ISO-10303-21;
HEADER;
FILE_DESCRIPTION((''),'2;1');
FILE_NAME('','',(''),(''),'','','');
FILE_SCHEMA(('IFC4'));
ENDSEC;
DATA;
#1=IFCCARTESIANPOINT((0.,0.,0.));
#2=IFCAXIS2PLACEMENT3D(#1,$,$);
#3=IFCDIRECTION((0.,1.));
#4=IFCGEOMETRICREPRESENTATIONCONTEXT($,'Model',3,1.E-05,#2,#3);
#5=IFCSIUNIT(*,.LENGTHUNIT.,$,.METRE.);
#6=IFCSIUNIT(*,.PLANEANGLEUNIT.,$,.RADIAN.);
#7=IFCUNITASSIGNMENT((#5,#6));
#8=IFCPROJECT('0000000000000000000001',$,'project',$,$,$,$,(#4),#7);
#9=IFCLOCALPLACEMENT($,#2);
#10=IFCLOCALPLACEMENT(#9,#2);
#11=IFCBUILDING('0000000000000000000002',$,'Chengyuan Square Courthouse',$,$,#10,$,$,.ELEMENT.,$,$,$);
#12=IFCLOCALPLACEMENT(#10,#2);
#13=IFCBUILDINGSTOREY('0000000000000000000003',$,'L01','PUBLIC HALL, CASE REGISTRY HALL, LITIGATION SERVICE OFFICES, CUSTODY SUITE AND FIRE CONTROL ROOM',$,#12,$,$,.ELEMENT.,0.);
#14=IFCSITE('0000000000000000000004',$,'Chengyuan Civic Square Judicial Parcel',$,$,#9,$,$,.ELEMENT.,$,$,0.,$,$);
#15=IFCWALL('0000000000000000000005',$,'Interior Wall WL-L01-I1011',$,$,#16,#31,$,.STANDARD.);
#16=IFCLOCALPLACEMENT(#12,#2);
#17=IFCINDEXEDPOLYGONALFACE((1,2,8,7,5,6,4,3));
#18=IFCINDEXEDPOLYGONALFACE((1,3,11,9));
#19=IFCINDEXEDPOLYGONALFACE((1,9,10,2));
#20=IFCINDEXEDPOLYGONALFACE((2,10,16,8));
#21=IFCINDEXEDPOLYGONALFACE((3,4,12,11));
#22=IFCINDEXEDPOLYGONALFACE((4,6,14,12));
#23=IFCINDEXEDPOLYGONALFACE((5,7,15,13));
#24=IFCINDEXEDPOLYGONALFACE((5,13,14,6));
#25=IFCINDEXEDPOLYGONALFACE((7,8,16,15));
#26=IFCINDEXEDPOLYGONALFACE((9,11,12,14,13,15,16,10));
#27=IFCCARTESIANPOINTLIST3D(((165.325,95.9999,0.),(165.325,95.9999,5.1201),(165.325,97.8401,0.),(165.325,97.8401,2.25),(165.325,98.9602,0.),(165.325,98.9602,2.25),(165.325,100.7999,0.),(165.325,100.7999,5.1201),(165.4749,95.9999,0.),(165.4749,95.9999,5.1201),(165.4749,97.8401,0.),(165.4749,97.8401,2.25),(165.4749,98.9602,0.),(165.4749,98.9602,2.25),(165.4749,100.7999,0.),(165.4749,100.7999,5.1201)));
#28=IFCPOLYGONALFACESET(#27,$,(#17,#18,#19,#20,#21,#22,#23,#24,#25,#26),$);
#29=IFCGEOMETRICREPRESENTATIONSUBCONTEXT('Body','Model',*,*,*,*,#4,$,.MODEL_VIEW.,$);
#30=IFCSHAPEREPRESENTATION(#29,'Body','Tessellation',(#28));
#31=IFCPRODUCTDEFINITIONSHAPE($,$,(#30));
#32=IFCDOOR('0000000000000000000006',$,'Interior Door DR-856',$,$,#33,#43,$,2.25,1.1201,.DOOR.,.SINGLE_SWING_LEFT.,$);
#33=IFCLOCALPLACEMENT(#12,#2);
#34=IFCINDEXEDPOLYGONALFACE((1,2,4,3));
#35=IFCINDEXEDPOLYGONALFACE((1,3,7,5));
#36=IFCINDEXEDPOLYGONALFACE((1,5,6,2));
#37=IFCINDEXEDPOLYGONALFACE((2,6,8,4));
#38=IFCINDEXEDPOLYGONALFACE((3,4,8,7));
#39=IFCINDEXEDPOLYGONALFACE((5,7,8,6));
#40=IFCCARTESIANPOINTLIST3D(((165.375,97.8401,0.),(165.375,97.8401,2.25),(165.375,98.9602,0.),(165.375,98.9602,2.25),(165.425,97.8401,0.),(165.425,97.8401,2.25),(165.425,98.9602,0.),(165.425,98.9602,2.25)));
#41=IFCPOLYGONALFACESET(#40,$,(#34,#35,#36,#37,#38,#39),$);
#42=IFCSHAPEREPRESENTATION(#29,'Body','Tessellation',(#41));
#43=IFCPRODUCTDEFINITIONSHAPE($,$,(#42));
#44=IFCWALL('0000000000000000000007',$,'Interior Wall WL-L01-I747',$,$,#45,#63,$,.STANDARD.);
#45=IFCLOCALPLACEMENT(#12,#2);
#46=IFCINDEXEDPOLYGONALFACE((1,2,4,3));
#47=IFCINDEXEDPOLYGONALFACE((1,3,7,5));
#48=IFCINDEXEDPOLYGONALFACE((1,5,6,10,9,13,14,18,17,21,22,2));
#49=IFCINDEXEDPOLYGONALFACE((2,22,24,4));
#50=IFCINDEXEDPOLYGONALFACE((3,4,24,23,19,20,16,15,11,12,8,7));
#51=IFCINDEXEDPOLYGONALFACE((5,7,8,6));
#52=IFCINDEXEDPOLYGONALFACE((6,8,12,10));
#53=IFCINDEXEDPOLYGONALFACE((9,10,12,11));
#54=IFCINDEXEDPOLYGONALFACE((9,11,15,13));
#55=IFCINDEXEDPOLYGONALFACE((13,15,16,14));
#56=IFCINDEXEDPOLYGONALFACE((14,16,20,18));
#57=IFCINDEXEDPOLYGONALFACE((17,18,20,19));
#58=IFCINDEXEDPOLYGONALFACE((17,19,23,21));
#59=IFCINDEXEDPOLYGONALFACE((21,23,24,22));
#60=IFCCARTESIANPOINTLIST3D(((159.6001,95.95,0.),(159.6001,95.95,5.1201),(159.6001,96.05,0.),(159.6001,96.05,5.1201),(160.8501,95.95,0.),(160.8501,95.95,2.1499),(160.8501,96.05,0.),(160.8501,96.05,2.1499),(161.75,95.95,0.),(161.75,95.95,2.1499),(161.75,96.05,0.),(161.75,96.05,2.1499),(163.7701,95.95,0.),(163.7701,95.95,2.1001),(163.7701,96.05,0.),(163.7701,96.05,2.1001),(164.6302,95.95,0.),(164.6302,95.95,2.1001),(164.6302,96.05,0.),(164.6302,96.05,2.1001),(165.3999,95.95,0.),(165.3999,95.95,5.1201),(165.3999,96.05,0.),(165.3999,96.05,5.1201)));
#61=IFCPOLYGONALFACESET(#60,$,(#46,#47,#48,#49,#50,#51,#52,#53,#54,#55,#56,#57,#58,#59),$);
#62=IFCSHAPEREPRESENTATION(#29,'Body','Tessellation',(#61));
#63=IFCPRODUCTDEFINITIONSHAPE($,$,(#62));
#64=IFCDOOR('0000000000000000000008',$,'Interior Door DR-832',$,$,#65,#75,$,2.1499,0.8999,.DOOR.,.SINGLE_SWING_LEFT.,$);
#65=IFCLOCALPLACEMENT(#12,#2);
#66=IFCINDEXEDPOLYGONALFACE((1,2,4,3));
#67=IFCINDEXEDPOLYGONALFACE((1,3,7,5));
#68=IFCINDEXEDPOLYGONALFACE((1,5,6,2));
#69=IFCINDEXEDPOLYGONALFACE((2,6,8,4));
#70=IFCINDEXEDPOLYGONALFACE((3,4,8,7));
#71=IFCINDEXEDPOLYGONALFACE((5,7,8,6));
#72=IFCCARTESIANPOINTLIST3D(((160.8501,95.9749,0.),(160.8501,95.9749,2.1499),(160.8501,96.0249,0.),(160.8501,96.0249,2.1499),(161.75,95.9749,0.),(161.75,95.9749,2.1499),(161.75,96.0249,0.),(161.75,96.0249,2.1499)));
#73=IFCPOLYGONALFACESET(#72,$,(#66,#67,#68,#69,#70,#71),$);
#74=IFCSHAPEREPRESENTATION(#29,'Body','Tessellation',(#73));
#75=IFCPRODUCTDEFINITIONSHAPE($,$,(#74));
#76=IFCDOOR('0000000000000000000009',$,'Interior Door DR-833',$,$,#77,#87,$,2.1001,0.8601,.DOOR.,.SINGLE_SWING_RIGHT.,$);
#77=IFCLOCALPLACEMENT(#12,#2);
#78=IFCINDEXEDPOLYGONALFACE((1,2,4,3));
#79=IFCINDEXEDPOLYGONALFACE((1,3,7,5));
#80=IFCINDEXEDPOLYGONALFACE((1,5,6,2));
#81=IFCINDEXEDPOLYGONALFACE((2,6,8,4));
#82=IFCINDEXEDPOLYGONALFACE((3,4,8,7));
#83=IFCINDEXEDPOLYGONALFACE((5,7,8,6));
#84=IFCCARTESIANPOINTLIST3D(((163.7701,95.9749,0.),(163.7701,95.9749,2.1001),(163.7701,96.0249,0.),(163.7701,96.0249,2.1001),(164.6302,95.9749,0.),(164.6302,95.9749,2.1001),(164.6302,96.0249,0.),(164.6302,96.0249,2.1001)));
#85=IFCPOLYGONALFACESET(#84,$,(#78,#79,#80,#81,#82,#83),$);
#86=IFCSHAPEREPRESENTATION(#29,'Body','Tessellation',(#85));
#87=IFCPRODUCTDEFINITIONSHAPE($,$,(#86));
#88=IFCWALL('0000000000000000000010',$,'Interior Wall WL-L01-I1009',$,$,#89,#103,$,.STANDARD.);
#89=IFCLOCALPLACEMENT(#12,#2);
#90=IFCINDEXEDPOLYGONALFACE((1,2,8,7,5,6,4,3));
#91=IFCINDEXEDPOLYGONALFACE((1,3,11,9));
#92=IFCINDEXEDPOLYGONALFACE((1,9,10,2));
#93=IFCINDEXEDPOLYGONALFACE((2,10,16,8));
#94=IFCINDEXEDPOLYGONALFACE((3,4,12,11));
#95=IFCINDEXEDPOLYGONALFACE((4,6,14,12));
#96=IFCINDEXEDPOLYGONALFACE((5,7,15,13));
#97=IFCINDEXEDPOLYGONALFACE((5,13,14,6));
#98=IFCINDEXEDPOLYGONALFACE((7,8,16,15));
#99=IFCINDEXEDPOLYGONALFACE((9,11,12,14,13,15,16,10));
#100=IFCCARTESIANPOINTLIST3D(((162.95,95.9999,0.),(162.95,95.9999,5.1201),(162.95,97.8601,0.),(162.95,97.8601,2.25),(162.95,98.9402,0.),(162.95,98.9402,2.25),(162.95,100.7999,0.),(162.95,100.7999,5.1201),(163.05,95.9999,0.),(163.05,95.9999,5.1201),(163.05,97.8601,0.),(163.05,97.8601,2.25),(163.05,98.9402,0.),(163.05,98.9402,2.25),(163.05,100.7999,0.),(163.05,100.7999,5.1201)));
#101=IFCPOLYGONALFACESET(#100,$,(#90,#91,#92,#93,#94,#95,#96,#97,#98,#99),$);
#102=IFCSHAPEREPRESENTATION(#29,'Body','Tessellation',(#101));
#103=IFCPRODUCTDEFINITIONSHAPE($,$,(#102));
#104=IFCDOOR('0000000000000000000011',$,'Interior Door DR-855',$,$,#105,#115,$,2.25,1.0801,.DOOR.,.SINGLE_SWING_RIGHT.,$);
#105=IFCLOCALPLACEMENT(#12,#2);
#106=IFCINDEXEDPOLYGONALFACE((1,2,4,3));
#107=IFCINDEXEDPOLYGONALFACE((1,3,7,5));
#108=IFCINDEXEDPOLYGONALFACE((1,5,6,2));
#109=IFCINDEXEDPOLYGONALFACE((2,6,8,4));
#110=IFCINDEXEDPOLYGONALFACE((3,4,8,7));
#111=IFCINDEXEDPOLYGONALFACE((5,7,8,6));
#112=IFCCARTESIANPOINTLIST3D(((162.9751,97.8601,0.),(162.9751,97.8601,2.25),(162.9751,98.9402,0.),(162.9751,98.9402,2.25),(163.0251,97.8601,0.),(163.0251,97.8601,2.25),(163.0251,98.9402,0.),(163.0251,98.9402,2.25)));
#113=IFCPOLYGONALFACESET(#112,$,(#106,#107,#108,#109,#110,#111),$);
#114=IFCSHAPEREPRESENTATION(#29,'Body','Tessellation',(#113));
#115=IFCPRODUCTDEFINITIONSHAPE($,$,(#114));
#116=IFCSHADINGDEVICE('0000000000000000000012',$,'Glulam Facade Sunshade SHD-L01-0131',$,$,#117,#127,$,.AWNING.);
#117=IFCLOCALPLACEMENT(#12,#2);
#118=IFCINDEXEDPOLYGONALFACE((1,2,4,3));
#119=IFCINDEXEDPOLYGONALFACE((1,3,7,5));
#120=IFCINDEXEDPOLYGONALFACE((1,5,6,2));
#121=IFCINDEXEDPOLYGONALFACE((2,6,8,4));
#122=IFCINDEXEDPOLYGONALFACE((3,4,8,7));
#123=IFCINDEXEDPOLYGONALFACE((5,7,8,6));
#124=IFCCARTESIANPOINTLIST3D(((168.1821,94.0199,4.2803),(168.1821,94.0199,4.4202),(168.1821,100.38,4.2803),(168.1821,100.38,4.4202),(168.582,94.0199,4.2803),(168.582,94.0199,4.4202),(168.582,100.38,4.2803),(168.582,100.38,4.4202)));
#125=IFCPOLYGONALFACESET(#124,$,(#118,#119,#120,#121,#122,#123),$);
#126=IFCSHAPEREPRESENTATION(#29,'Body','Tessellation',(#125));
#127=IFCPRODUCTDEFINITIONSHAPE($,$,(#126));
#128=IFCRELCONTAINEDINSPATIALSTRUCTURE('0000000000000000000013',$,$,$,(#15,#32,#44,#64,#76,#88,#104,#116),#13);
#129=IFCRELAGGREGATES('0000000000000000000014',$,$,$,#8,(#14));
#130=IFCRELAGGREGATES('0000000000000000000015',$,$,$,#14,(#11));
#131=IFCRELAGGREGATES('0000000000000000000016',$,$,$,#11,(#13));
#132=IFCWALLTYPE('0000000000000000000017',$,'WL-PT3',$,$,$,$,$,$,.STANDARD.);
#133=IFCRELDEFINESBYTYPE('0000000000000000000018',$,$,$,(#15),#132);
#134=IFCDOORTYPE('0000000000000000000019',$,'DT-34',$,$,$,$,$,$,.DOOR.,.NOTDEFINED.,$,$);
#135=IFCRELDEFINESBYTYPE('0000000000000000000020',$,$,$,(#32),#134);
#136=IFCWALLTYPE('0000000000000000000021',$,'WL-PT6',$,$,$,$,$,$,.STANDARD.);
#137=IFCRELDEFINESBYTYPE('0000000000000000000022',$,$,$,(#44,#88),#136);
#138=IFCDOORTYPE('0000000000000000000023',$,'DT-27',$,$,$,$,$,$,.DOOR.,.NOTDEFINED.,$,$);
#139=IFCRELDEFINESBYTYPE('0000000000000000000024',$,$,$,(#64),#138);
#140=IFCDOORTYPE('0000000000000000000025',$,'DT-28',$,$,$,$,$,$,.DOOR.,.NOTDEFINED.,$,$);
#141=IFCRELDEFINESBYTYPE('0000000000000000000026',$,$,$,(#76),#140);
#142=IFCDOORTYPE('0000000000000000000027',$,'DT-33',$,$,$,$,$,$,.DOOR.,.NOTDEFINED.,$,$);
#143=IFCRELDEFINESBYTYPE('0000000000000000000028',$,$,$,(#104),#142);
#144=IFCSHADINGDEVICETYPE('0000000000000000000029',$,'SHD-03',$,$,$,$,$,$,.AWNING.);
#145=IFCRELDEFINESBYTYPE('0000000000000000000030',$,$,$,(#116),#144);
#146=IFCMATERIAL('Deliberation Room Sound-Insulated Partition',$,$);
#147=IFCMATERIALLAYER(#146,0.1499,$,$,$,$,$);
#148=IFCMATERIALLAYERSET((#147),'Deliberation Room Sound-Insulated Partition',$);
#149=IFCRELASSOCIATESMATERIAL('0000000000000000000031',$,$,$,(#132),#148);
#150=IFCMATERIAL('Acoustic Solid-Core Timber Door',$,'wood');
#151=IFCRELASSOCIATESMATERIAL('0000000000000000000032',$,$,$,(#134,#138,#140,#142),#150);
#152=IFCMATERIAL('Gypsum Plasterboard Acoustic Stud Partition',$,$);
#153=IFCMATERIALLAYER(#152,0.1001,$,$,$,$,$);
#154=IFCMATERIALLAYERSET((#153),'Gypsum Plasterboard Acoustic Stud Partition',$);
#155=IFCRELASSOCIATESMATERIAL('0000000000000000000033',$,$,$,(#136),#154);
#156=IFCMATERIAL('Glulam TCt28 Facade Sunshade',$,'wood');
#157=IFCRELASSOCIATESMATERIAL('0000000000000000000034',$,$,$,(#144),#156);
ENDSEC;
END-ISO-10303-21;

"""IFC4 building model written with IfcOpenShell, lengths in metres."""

from ifc_helpers import new_model, si_unit, direction, frame, frame_2d, origin, origin_2d, place, context, subcontext, project, spatial, rectangle, extrude, material, layer, layer_set, type_object, element, fill, save


model = new_model("IFC4")

# Units and contexts
model_context = context("Model", 3, precision=1e-05, world=origin(), true_north=direction((0.0, 1.0)))
body_context = subcontext(model_context, "Body", "Model", "MODEL_VIEW")
ifc_project = project(units=[si_unit("LENGTHUNIT", "METRE"), si_unit("PLANEANGLEUNIT", "RADIAN")], contexts=[model_context])

# Site, building, storey
site_placement = place(None, origin())
site = spatial("IfcSite", under=ifc_project, at=site_placement, Name="Chengyuan Civic Square Judicial Parcel", CompositionType="ELEMENT", RefElevation=0.0)
building_placement = place(site_placement, origin())
building = spatial("IfcBuilding", under=site, at=building_placement, Name="Chengyuan Square Courthouse", CompositionType="ELEMENT")
storey_placement = place(building_placement, origin())
storey = spatial("IfcBuildingStorey", under=building, at=storey_placement, Name="L01", Description="PUBLIC HALL, CASE REGISTRY HALL, LITIGATION SERVICE OFFICES, CUSTODY SUITE AND FIRE CONTROL ROOM", CompositionType="ELEMENT", Elevation=0.0)

# Shared definitions
ifc_material_1 = material(Name="Deliberation Room Sound-Insulated Partition")
ifc_layer_1 = layer(ifc_material_1, 0.1499)
ifc_layer_set_1 = layer_set([ifc_layer_1], Name="Deliberation Room Sound-Insulated Partition")
wall_type_1 = type_object("IfcWallType", Name="WL-PT3", PredefinedType="STANDARD", material=ifc_layer_set_1)
ifc_material_2 = material(Name="Acoustic Solid-Core Timber Door", Category="wood")

# Wall, opening, door
wall_1_placement = place(storey_placement, frame((165.3999, 96.0, 0.0), z_axis=(0.0, 0.0, 1.0), x_axis=(0.0, 1.0, 0.0)))
wall_1 = element("IfcWall", 1, at=wall_1_placement, inside=storey, type_object=wall_type_1, Name="Interior Wall WL-L01-I1011", PredefinedType="STANDARD", context=body_context, shape_type="SweptSolid", body=[
    extrude(rectangle(XDim=4.8, YDim=0.1499, at=frame_2d((2.3999, 0.0))), origin(), (0.0, 0.0, 1.0), 5.1201),
])
opening_1_placement = place(wall_1_placement, frame((1.8401, 0.0, 0.0)))
opening_1 = element("IfcOpeningElement", 2, at=opening_1_placement, cuts=wall_1, PredefinedType="OPENING", context=body_context, shape_type="SweptSolid", body=[
    extrude(rectangle(XDim=1.1201, YDim=2.25, at=frame_2d((0.5601, 1.125))), frame((0.0, 0.0869, 0.0), z_axis=(0.0, -1.0, 0.0), x_axis=(1.0, 0.0, 0.0)), (0.0, 0.0, 1.0), 0.1738),
])
door_type_1 = type_object("IfcDoorType", Name="DT-34", OperationType="NOTDEFINED", PredefinedType="DOOR", material=ifc_material_2)
door_1_placement = place(opening_1_placement, origin())
door_1 = element("IfcDoor", 3, at=door_1_placement, inside=storey, type_object=door_type_1, Name="Interior Door DR-856", OperationType="SINGLE_SWING_LEFT", OverallHeight=2.25, OverallWidth=1.1201, PredefinedType="DOOR", context=body_context, shape_type="SweptSolid", body=[
    extrude(rectangle(XDim=1.1201, YDim=2.25, at=frame_2d((0.5601, 1.125))), frame((0.0, 0.0249, 0.0), z_axis=(0.0, -1.0, 0.0), x_axis=(1.0, 0.0, 0.0)), (0.0, 0.0, 1.0), 0.05),
])
fill(opening_1, door_1)

# Wall, openings, doors
ifc_material_3 = material(Name="Gypsum Plasterboard Acoustic Stud Partition")
ifc_layer_2 = layer(ifc_material_3, 0.1001)
ifc_layer_set_2 = layer_set([ifc_layer_2], Name="Gypsum Plasterboard Acoustic Stud Partition")
wall_type_2 = type_object("IfcWallType", Name="WL-PT6", PredefinedType="STANDARD", material=ifc_layer_set_2)
wall_2_placement = place(storey_placement, frame((159.6001, 96.0, 0.0), z_axis=(0.0, 0.0, 1.0), x_axis=(1.0, 0.0, 0.0)))
wall_2 = element("IfcWall", 4, at=wall_2_placement, inside=storey, type_object=wall_type_2, Name="Interior Wall WL-L01-I747", PredefinedType="STANDARD", context=body_context, shape_type="SweptSolid", body=[
    extrude(rectangle(XDim=5.7998, YDim=0.1001, at=frame_2d((2.8999, 0.0))), origin(), (0.0, 0.0, 1.0), 5.1201),
])
opening_2_placement = place(wall_2_placement, frame((1.25, 0.0, 0.0)))
opening_2 = element("IfcOpeningElement", 5, at=opening_2_placement, cuts=wall_2, PredefinedType="OPENING", context=body_context, shape_type="SweptSolid", body=[
    extrude(rectangle(XDim=0.8999, YDim=2.1499, at=frame_2d((0.45, 1.075))), frame((0.0, 0.062, 0.0), z_axis=(0.0, -1.0, 0.0), x_axis=(1.0, 0.0, 0.0)), (0.0, 0.0, 1.0), 0.124),
])
opening_3_placement = place(wall_2_placement, frame((4.1699, 0.0, 0.0)))
opening_3 = element("IfcOpeningElement", 6, at=opening_3_placement, cuts=wall_2, PredefinedType="OPENING", context=body_context, shape_type="SweptSolid", body=[
    extrude(rectangle(XDim=0.8601, YDim=2.1001, at=frame_2d((0.4302, 1.05))), frame((0.0, 0.062, 0.0), z_axis=(0.0, -1.0, 0.0), x_axis=(1.0, 0.0, 0.0)), (0.0, 0.0, 1.0), 0.124),
])
door_type_2 = type_object("IfcDoorType", Name="DT-27", OperationType="NOTDEFINED", PredefinedType="DOOR", material=ifc_material_2)
door_2_placement = place(opening_2_placement, origin())
door_2 = element("IfcDoor", 7, at=door_2_placement, inside=storey, type_object=door_type_2, Name="Interior Door DR-832", OperationType="SINGLE_SWING_LEFT", OverallHeight=2.1499, OverallWidth=0.8999, PredefinedType="DOOR", context=body_context, shape_type="SweptSolid", body=[
    extrude(rectangle(XDim=0.8999, YDim=2.1499, at=frame_2d((0.45, 1.075))), frame((0.0, 0.0249, 0.0), z_axis=(0.0, -1.0, 0.0), x_axis=(1.0, 0.0, 0.0)), (0.0, 0.0, 1.0), 0.05),
])
fill(opening_2, door_2)
door_type_3 = type_object("IfcDoorType", Name="DT-28", OperationType="NOTDEFINED", PredefinedType="DOOR", material=ifc_material_2)
door_3_placement = place(opening_3_placement, origin())
door_3 = element("IfcDoor", 8, at=door_3_placement, inside=storey, type_object=door_type_3, Name="Interior Door DR-833", OperationType="SINGLE_SWING_RIGHT", OverallHeight=2.1001, OverallWidth=0.8601, PredefinedType="DOOR", context=body_context, shape_type="SweptSolid", body=[
    extrude(rectangle(XDim=0.8601, YDim=2.1001, at=frame_2d((0.4302, 1.05))), frame((0.0, 0.0249, 0.0), z_axis=(0.0, -1.0, 0.0), x_axis=(1.0, 0.0, 0.0)), (0.0, 0.0, 1.0), 0.05),
])
fill(opening_3, door_3)

# Wall, opening, door
wall_3_placement = place(storey_placement, frame((163.0, 96.0, 0.0), z_axis=(0.0, 0.0, 1.0), x_axis=(0.0, 1.0, 0.0)))
wall_3 = element("IfcWall", 9, at=wall_3_placement, inside=storey, type_object=wall_type_2, Name="Interior Wall WL-L01-I1009", PredefinedType="STANDARD", context=body_context, shape_type="SweptSolid", body=[
    extrude(rectangle(XDim=4.8, YDim=0.1001, at=frame_2d((2.3999, 0.0))), origin(), (0.0, 0.0, 1.0), 5.1201),
])
opening_4_placement = place(wall_3_placement, frame((1.8601, 0.0, 0.0)))
opening_4 = element("IfcOpeningElement", 10, at=opening_4_placement, cuts=wall_3, PredefinedType="OPENING", context=body_context, shape_type="SweptSolid", body=[
    extrude(rectangle(XDim=1.0801, YDim=2.25, at=frame_2d((0.54, 1.125))), frame((0.0, 0.062, 0.0), z_axis=(0.0, -1.0, 0.0), x_axis=(1.0, 0.0, 0.0)), (0.0, 0.0, 1.0), 0.124),
])
door_type_4 = type_object("IfcDoorType", Name="DT-33", OperationType="NOTDEFINED", PredefinedType="DOOR", material=ifc_material_2)
door_4_placement = place(opening_4_placement, origin())
door_4 = element("IfcDoor", 11, at=door_4_placement, inside=storey, type_object=door_type_4, Name="Interior Door DR-855", OperationType="SINGLE_SWING_RIGHT", OverallHeight=2.25, OverallWidth=1.0801, PredefinedType="DOOR", context=body_context, shape_type="SweptSolid", body=[
    extrude(rectangle(XDim=1.0801, YDim=2.25, at=frame_2d((0.54, 1.125))), frame((0.0, 0.0249, 0.0), z_axis=(0.0, -1.0, 0.0), x_axis=(1.0, 0.0, 0.0)), (0.0, 0.0, 1.0), 0.05),
])
fill(opening_4, door_4)

# Shading device
ifc_material_4 = material(Name="Glulam TCt28 Facade Sunshade", Category="wood")
shading_device_type = type_object("IfcShadingDeviceType", Name="SHD-03", PredefinedType="AWNING", material=ifc_material_4)
shading_device_placement = place(storey_placement, frame((168.3821, 97.2, 4.2803), z_axis=(0.0, 0.0, 1.0), x_axis=(0.0, 1.0, 0.0)))
element("IfcShadingDevice", 12, at=shading_device_placement, inside=storey, type_object=shading_device_type, Name="Glulam Facade Sunshade SHD-L01-0131", PredefinedType="AWNING", context=body_context, shape_type="SweptSolid", body=[
    extrude(rectangle(XDim=6.3601, YDim=0.3999, at=origin_2d()), origin(), (0.0, 0.0, 1.0), 0.1399),
])

save(model, "model.ifc")
